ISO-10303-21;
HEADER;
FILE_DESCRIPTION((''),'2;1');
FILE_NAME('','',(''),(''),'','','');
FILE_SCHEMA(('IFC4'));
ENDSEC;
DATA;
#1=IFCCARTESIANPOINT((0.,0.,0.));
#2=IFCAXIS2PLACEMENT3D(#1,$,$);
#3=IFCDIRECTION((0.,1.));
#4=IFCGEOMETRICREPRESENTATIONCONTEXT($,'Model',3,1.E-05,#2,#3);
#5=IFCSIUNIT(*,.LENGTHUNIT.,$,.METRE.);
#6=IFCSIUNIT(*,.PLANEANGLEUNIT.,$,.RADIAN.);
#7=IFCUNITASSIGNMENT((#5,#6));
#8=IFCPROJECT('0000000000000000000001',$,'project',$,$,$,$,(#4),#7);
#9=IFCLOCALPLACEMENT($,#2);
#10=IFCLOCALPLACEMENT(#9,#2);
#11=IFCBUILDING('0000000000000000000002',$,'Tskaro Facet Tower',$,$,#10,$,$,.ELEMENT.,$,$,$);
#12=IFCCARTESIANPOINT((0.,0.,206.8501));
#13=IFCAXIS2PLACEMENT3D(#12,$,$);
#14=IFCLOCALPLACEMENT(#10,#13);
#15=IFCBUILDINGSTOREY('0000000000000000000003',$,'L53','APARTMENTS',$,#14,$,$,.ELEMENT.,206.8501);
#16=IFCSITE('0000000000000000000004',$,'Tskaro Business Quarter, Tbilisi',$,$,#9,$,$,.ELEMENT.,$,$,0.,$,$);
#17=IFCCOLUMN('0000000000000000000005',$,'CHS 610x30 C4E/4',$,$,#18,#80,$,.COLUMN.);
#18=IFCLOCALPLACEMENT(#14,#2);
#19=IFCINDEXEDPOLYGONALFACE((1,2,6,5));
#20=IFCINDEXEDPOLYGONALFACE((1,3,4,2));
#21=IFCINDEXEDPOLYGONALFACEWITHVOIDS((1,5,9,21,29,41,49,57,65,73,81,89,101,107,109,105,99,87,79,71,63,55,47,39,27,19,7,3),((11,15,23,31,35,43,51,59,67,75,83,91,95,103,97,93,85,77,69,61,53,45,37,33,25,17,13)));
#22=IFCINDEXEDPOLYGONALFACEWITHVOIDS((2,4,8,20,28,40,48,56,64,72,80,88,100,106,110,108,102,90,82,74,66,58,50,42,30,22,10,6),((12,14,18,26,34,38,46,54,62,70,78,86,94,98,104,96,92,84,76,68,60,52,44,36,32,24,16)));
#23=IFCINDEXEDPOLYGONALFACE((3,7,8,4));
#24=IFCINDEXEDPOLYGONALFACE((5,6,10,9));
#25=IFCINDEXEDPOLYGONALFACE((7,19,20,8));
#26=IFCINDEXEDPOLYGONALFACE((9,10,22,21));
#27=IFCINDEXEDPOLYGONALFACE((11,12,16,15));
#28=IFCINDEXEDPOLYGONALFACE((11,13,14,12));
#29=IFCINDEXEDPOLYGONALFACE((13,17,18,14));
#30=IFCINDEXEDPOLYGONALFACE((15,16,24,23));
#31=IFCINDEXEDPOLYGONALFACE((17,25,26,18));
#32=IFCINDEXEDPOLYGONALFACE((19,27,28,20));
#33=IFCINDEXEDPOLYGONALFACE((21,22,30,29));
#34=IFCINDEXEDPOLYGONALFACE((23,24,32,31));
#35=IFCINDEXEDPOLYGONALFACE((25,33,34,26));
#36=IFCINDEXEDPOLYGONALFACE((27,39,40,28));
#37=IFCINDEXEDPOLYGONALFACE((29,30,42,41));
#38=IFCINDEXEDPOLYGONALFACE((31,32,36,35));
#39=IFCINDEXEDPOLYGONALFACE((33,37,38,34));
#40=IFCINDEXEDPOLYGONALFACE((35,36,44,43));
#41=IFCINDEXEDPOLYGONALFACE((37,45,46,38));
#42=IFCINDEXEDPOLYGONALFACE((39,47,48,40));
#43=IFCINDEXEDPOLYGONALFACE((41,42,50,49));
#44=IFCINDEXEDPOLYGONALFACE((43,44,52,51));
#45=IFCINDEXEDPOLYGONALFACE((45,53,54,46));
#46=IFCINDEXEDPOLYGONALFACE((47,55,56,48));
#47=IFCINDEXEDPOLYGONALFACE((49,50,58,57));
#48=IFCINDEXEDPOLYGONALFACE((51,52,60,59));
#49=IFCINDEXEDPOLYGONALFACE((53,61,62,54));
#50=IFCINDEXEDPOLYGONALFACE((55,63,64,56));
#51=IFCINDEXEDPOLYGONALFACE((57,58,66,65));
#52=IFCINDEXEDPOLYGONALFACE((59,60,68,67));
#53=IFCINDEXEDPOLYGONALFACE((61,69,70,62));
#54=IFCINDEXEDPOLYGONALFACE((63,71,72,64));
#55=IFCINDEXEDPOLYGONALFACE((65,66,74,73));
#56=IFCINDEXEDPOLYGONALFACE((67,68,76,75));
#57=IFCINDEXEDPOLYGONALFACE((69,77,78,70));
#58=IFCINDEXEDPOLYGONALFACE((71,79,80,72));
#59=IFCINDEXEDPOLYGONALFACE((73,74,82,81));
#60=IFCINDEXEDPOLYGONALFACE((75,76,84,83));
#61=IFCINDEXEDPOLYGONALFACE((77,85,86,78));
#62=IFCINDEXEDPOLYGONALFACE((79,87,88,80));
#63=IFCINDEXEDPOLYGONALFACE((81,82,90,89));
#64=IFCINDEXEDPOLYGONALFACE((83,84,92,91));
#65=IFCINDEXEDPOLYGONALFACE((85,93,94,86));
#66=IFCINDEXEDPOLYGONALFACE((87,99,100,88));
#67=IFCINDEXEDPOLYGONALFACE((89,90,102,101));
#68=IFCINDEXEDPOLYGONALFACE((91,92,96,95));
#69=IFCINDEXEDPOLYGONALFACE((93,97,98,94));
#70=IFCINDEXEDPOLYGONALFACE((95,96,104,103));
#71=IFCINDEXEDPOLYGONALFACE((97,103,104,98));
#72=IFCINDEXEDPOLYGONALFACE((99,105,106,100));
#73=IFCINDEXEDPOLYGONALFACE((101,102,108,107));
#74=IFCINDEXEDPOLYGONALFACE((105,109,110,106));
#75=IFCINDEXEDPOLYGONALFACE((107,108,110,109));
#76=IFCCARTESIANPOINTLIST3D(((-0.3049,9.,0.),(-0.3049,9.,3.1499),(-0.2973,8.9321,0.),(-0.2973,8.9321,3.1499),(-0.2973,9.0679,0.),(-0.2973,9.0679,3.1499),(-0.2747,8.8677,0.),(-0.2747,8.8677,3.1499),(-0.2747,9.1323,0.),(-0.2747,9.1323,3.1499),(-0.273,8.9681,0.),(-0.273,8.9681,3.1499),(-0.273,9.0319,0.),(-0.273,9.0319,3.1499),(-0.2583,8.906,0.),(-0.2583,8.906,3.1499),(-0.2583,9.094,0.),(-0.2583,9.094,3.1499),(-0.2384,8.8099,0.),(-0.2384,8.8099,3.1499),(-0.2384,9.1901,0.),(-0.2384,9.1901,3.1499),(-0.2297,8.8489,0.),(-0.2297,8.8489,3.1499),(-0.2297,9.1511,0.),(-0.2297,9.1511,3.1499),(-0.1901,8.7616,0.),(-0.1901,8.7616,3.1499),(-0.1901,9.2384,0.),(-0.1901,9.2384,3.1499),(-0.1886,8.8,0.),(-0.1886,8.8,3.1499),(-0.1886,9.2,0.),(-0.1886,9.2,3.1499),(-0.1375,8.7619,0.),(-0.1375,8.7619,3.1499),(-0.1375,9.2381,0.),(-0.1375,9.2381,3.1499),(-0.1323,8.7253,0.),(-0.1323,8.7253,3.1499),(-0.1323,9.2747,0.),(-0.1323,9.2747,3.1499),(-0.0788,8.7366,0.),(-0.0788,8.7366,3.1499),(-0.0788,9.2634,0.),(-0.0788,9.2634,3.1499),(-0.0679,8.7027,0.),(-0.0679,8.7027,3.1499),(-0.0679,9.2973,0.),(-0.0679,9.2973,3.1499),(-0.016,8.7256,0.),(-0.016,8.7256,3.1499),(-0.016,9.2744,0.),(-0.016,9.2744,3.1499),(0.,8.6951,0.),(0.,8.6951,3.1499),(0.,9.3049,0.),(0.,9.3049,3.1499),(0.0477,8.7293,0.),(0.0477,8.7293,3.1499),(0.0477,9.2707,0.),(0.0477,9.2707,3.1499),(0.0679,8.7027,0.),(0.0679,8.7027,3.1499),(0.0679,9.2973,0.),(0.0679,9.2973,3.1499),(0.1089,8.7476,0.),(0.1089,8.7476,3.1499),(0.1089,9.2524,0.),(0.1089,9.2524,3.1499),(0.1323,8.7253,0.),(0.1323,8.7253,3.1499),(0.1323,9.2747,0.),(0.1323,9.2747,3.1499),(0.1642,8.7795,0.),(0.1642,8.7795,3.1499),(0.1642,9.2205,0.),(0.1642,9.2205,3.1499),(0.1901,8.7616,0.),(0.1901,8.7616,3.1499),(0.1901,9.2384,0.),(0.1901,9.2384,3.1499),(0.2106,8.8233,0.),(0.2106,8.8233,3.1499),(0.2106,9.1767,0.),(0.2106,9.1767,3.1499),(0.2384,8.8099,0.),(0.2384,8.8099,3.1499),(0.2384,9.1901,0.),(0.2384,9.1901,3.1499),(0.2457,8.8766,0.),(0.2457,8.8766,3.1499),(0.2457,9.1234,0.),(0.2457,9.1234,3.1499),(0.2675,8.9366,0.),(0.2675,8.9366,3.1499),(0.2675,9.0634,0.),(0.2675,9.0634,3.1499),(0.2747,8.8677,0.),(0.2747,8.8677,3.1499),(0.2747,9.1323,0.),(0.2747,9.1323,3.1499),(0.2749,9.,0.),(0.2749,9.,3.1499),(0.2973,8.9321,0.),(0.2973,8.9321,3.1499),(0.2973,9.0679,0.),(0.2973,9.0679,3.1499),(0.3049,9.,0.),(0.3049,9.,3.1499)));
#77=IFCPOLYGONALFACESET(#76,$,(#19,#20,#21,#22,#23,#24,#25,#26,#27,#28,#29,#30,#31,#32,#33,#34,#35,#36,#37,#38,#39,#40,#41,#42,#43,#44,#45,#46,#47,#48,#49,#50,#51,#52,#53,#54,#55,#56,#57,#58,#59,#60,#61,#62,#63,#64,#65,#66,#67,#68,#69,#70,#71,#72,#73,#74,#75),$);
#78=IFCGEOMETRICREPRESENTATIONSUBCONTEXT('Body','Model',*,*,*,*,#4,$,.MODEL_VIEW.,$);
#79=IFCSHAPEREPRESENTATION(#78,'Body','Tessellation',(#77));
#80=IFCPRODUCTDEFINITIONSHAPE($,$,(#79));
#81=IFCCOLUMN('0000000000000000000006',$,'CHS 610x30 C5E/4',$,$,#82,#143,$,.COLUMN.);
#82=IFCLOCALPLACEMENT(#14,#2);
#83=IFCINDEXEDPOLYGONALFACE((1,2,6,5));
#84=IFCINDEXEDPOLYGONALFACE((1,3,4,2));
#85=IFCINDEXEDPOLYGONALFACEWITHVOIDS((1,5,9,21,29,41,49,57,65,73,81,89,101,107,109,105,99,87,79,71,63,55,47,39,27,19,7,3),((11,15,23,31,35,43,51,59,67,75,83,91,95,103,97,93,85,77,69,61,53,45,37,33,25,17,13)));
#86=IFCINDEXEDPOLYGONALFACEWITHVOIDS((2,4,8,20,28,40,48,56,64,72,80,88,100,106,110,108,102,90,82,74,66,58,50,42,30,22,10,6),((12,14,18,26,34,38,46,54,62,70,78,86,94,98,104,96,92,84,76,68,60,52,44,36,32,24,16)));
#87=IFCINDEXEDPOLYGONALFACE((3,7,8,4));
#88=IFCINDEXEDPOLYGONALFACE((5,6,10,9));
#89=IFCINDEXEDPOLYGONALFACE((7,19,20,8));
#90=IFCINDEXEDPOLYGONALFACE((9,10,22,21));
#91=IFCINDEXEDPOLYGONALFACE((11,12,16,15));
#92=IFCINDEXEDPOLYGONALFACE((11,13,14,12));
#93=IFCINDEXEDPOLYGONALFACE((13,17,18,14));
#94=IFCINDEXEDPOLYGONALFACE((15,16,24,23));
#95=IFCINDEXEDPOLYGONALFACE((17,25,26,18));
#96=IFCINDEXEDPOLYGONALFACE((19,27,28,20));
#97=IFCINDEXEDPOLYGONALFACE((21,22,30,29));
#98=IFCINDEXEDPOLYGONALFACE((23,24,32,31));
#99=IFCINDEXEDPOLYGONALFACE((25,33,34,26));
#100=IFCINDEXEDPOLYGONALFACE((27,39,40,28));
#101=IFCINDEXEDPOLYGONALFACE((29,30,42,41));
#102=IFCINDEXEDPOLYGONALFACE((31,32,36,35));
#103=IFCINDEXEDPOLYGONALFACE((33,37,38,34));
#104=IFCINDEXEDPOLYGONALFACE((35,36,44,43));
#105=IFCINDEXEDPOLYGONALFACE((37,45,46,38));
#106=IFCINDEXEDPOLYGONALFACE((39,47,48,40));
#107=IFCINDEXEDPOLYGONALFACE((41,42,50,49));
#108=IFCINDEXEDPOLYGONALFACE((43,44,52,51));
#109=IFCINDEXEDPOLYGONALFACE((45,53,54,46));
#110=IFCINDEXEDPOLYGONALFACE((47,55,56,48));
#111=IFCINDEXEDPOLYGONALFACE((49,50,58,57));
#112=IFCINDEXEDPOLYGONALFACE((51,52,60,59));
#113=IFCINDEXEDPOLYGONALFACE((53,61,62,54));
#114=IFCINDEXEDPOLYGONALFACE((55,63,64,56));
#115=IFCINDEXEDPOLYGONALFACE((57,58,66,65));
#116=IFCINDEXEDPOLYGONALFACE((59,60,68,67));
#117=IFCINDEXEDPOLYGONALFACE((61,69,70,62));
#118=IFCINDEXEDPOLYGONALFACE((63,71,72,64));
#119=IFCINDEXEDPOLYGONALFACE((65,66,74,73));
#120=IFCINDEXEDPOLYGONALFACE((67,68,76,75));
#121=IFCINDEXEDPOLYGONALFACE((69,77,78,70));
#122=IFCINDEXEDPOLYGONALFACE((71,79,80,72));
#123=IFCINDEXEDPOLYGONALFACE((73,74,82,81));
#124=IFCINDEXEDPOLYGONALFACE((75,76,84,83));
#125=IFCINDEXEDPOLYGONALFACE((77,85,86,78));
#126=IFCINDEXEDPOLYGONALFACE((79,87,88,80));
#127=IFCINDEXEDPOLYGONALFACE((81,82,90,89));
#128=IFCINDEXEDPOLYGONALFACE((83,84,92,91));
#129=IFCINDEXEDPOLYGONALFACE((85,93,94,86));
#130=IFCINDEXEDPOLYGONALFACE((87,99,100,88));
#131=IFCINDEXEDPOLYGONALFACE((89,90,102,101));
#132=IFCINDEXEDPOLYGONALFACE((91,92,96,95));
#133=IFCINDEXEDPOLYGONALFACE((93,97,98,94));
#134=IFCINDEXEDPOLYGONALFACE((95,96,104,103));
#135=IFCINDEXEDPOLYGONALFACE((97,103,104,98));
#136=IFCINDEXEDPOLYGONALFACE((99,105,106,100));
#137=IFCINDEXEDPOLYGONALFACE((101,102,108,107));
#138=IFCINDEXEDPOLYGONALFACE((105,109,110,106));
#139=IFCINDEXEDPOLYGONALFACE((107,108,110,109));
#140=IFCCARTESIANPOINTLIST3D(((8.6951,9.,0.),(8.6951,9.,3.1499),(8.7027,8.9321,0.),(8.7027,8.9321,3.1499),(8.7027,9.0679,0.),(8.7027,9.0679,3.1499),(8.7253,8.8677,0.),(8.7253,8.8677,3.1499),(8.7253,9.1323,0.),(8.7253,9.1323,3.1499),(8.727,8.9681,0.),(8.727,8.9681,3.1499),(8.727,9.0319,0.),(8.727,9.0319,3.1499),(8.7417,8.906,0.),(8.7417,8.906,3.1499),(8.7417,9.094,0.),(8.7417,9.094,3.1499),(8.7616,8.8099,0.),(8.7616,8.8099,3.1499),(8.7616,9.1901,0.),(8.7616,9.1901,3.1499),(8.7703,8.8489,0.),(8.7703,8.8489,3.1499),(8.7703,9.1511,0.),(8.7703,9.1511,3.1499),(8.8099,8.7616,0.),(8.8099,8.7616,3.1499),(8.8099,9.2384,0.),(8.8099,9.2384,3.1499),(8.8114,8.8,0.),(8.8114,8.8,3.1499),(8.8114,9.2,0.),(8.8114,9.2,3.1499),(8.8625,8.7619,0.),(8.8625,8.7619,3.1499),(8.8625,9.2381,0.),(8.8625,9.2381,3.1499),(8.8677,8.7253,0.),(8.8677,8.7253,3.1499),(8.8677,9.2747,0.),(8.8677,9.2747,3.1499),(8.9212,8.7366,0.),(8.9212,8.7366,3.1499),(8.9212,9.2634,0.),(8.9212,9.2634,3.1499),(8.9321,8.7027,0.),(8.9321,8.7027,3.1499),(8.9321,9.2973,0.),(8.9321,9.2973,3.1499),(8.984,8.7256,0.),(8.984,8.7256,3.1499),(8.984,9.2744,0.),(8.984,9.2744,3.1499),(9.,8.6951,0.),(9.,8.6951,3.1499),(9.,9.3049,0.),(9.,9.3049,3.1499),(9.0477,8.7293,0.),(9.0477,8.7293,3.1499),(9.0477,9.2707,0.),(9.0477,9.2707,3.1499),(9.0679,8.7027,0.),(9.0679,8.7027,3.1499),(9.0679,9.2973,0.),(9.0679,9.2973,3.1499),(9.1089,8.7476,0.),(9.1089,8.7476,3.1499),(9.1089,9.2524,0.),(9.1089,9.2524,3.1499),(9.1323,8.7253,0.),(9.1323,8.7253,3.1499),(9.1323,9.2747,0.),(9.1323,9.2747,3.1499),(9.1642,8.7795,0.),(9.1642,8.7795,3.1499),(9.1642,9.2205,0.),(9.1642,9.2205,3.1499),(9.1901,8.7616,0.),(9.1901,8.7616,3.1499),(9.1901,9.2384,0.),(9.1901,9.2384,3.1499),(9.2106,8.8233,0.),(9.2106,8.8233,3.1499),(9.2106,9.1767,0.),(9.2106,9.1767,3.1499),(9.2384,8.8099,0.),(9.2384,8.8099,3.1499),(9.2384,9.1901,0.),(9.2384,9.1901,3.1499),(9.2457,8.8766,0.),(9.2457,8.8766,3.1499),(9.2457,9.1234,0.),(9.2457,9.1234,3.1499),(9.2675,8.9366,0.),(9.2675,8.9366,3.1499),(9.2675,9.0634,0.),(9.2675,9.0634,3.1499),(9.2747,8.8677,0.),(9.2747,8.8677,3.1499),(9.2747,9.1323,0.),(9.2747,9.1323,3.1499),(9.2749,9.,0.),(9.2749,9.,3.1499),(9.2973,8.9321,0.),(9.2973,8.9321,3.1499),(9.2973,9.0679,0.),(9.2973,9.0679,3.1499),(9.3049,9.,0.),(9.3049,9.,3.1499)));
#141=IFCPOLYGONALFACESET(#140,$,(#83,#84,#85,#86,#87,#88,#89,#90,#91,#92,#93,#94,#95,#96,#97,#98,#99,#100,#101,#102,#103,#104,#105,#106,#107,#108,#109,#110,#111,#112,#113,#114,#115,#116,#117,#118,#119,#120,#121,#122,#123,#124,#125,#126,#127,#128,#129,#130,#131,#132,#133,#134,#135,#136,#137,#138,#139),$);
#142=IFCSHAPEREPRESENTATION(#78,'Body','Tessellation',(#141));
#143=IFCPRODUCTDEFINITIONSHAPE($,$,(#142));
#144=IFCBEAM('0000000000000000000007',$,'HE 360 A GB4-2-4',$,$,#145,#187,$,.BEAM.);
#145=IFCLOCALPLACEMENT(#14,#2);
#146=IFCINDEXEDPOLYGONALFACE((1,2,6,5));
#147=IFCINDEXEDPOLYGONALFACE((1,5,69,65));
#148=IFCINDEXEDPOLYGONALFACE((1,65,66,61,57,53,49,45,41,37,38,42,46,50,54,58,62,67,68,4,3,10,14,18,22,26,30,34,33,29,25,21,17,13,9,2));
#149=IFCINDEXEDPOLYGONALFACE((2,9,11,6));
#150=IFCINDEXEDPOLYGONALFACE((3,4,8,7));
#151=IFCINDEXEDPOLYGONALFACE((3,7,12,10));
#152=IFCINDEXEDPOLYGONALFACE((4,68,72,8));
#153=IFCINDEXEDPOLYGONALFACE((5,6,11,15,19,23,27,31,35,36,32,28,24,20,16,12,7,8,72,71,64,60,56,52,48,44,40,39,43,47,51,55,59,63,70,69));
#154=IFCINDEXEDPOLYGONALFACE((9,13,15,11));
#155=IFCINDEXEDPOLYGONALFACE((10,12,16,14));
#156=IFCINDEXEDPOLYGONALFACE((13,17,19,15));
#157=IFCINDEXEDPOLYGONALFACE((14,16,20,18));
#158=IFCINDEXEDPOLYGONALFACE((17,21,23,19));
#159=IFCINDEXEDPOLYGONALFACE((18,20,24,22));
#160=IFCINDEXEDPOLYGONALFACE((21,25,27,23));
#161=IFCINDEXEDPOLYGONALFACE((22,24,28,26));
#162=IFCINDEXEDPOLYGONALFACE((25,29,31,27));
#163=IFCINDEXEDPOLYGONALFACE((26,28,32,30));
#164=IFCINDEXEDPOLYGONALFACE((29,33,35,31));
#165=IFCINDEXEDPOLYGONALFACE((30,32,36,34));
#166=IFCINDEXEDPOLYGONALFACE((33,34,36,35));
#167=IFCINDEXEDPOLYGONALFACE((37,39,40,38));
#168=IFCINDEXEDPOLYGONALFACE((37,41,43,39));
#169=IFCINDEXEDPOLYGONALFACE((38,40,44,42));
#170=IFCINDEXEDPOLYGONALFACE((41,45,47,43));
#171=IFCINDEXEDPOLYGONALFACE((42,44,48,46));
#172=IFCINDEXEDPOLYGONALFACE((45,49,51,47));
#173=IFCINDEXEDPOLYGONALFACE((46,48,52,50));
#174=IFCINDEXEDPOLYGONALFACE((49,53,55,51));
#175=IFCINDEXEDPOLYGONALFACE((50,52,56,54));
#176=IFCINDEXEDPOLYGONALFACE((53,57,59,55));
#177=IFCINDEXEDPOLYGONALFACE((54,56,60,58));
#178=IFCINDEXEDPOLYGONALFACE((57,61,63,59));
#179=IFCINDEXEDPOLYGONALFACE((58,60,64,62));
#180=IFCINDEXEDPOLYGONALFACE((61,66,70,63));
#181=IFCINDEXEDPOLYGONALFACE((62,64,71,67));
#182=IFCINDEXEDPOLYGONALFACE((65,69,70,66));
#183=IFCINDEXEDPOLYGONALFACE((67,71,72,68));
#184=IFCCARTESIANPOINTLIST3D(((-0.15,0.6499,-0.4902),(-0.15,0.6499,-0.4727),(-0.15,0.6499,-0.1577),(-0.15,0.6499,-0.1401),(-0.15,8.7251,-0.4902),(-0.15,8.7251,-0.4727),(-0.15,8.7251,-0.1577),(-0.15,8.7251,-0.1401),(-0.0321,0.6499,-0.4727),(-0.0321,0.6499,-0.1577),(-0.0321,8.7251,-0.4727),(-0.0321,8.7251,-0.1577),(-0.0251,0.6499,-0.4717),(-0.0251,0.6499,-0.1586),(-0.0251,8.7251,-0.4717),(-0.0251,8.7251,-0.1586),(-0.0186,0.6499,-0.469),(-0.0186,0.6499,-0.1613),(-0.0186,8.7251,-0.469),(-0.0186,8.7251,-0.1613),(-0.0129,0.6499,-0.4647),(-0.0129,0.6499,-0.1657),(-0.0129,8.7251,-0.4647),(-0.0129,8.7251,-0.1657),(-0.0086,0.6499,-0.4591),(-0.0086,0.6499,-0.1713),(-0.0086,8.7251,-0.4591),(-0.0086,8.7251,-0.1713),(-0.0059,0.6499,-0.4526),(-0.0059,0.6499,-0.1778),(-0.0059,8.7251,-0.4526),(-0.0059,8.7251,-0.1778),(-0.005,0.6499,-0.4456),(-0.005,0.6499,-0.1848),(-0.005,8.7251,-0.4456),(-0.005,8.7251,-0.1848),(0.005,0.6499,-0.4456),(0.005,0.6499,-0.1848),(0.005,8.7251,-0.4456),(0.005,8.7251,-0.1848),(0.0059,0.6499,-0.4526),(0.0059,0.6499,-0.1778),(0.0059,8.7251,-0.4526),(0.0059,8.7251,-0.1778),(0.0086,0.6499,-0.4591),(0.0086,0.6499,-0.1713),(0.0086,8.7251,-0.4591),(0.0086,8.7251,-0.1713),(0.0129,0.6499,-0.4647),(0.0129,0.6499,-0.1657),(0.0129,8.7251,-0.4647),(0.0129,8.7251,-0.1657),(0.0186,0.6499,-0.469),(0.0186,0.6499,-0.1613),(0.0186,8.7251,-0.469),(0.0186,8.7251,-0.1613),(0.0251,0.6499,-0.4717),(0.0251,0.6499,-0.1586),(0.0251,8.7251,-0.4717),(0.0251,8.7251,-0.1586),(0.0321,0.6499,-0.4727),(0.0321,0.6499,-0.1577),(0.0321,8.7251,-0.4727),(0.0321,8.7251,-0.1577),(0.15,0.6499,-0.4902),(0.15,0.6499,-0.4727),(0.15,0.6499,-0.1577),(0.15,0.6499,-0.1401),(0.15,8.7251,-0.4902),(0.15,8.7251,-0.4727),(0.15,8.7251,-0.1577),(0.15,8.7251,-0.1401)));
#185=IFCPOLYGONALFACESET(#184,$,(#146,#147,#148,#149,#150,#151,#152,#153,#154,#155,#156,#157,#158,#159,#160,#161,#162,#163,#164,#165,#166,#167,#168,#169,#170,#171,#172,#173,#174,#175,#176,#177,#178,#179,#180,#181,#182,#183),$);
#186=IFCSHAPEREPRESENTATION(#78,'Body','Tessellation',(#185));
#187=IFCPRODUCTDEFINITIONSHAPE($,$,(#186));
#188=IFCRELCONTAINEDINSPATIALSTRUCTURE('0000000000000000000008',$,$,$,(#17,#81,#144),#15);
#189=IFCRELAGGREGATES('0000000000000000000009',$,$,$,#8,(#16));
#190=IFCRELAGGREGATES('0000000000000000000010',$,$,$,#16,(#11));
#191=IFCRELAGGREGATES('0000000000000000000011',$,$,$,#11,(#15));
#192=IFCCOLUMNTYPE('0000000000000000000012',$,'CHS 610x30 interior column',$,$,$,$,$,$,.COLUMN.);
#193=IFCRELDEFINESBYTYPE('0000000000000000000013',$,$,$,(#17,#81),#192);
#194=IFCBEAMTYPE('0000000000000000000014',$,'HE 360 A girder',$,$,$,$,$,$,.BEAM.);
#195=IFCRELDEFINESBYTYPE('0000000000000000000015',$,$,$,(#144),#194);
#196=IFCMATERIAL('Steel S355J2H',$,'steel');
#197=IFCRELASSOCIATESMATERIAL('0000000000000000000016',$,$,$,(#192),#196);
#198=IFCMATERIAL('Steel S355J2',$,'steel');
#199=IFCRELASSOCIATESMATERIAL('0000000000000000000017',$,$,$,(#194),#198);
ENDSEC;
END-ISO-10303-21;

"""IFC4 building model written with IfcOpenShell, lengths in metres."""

from ifc_helpers import new_model, si_unit, direction, frame, origin, origin_2d, place, context, subcontext, project, spatial, hollow_circle, i_section, extrude, material, material_profile, profile_set, type_object, element, save


model = new_model("IFC4")

# Units and contexts
model_context = context("Model", 3, precision=1e-05, world=origin(), true_north=direction((0.0, 1.0)))
body_context = subcontext(model_context, "Body", "Model", "MODEL_VIEW")
ifc_project = project(units=[si_unit("LENGTHUNIT", "METRE"), si_unit("PLANEANGLEUNIT", "RADIAN")], contexts=[model_context])

# Site, building, storey
site_placement = place(None, origin())
site = spatial("IfcSite", under=ifc_project, at=site_placement, Name="Tskaro Business Quarter, Tbilisi", CompositionType="ELEMENT", RefElevation=0.0)
building_placement = place(site_placement, origin())
building = spatial("IfcBuilding", under=site, at=building_placement, Name="Tskaro Facet Tower", CompositionType="ELEMENT")
storey_placement = place(building_placement, frame((0.0, 0.0, 206.8501)))
storey = spatial("IfcBuildingStorey", under=building, at=storey_placement, Name="L53", Description="APARTMENTS", CompositionType="ELEMENT", Elevation=206.8501)

# Columns
ifc_material_1 = material(Name="Steel S355J2H", Category="steel")
ifc_material_profile_1 = material_profile(ifc_material_1, hollow_circle(Radius=0.3049, WallThickness=0.03, at=origin_2d()), Name="CHS 610x30")
ifc_profile_set_1 = profile_set([ifc_material_profile_1], Name="Steel S355J2H")
column_type = type_object("IfcColumnType", Name="CHS 610x30 interior column", PredefinedType="COLUMN", material=ifc_profile_set_1)
for number, where, z_axis, x_axis, name in (
    (1, (0.0, 9.0, 0.0), (0.0, 0.0, 1.0), (1.0, 0.0, 0.0), "CHS 610x30 C4E/4"),
    (2, (9.0, 9.0, 0.0), (0.0, 0.0, 1.0), (1.0, 0.0, 0.0), "CHS 610x30 C5E/4"),
):
    element("IfcColumn", number, at=place(storey_placement, frame(where, z_axis=z_axis, x_axis=x_axis)), inside=storey, type_object=column_type, Name=name, PredefinedType="COLUMN", context=body_context, shape_type="SweptSolid", body=[
        extrude(hollow_circle(Radius=0.3049, WallThickness=0.03, at=origin_2d()), origin(), (0.0, 0.0, 1.0), 3.1499),
    ])

# Beam
ifc_material_2 = material(Name="Steel S355J2", Category="steel")
ifc_material_profile_2 = material_profile(ifc_material_2, i_section(OverallWidth=0.3, OverallDepth=0.3501, WebThickness=0.01, FlangeThickness=0.0176, FilletRadius=0.0271, at=origin_2d()), Name="HE 360 A")
ifc_profile_set_2 = profile_set([ifc_material_profile_2], Name="Steel S355J2")
beam_type_1 = type_object("IfcBeamType", Name="HE 360 A girder", PredefinedType="BEAM", material=ifc_profile_set_2)
beam_1_placement = place(storey_placement, frame((0.0, 0.6499, -0.3152), z_axis=(0.0, 1.0, 0.0), x_axis=(-1.0, 0.0, 0.0)))
element("IfcBeam", 3, at=beam_1_placement, inside=storey, type_object=beam_type_1, Name="HE 360 A GB4-2-4", PredefinedType="BEAM", context=body_context, shape_type="SweptSolid", body=[
    extrude(i_section(OverallWidth=0.3, OverallDepth=0.3501, WebThickness=0.01, FlangeThickness=0.0176, FilletRadius=0.0271, at=origin_2d()), origin(), (0.0, 0.0, 1.0), 8.0752),
])

save(model, "model.ifc")
